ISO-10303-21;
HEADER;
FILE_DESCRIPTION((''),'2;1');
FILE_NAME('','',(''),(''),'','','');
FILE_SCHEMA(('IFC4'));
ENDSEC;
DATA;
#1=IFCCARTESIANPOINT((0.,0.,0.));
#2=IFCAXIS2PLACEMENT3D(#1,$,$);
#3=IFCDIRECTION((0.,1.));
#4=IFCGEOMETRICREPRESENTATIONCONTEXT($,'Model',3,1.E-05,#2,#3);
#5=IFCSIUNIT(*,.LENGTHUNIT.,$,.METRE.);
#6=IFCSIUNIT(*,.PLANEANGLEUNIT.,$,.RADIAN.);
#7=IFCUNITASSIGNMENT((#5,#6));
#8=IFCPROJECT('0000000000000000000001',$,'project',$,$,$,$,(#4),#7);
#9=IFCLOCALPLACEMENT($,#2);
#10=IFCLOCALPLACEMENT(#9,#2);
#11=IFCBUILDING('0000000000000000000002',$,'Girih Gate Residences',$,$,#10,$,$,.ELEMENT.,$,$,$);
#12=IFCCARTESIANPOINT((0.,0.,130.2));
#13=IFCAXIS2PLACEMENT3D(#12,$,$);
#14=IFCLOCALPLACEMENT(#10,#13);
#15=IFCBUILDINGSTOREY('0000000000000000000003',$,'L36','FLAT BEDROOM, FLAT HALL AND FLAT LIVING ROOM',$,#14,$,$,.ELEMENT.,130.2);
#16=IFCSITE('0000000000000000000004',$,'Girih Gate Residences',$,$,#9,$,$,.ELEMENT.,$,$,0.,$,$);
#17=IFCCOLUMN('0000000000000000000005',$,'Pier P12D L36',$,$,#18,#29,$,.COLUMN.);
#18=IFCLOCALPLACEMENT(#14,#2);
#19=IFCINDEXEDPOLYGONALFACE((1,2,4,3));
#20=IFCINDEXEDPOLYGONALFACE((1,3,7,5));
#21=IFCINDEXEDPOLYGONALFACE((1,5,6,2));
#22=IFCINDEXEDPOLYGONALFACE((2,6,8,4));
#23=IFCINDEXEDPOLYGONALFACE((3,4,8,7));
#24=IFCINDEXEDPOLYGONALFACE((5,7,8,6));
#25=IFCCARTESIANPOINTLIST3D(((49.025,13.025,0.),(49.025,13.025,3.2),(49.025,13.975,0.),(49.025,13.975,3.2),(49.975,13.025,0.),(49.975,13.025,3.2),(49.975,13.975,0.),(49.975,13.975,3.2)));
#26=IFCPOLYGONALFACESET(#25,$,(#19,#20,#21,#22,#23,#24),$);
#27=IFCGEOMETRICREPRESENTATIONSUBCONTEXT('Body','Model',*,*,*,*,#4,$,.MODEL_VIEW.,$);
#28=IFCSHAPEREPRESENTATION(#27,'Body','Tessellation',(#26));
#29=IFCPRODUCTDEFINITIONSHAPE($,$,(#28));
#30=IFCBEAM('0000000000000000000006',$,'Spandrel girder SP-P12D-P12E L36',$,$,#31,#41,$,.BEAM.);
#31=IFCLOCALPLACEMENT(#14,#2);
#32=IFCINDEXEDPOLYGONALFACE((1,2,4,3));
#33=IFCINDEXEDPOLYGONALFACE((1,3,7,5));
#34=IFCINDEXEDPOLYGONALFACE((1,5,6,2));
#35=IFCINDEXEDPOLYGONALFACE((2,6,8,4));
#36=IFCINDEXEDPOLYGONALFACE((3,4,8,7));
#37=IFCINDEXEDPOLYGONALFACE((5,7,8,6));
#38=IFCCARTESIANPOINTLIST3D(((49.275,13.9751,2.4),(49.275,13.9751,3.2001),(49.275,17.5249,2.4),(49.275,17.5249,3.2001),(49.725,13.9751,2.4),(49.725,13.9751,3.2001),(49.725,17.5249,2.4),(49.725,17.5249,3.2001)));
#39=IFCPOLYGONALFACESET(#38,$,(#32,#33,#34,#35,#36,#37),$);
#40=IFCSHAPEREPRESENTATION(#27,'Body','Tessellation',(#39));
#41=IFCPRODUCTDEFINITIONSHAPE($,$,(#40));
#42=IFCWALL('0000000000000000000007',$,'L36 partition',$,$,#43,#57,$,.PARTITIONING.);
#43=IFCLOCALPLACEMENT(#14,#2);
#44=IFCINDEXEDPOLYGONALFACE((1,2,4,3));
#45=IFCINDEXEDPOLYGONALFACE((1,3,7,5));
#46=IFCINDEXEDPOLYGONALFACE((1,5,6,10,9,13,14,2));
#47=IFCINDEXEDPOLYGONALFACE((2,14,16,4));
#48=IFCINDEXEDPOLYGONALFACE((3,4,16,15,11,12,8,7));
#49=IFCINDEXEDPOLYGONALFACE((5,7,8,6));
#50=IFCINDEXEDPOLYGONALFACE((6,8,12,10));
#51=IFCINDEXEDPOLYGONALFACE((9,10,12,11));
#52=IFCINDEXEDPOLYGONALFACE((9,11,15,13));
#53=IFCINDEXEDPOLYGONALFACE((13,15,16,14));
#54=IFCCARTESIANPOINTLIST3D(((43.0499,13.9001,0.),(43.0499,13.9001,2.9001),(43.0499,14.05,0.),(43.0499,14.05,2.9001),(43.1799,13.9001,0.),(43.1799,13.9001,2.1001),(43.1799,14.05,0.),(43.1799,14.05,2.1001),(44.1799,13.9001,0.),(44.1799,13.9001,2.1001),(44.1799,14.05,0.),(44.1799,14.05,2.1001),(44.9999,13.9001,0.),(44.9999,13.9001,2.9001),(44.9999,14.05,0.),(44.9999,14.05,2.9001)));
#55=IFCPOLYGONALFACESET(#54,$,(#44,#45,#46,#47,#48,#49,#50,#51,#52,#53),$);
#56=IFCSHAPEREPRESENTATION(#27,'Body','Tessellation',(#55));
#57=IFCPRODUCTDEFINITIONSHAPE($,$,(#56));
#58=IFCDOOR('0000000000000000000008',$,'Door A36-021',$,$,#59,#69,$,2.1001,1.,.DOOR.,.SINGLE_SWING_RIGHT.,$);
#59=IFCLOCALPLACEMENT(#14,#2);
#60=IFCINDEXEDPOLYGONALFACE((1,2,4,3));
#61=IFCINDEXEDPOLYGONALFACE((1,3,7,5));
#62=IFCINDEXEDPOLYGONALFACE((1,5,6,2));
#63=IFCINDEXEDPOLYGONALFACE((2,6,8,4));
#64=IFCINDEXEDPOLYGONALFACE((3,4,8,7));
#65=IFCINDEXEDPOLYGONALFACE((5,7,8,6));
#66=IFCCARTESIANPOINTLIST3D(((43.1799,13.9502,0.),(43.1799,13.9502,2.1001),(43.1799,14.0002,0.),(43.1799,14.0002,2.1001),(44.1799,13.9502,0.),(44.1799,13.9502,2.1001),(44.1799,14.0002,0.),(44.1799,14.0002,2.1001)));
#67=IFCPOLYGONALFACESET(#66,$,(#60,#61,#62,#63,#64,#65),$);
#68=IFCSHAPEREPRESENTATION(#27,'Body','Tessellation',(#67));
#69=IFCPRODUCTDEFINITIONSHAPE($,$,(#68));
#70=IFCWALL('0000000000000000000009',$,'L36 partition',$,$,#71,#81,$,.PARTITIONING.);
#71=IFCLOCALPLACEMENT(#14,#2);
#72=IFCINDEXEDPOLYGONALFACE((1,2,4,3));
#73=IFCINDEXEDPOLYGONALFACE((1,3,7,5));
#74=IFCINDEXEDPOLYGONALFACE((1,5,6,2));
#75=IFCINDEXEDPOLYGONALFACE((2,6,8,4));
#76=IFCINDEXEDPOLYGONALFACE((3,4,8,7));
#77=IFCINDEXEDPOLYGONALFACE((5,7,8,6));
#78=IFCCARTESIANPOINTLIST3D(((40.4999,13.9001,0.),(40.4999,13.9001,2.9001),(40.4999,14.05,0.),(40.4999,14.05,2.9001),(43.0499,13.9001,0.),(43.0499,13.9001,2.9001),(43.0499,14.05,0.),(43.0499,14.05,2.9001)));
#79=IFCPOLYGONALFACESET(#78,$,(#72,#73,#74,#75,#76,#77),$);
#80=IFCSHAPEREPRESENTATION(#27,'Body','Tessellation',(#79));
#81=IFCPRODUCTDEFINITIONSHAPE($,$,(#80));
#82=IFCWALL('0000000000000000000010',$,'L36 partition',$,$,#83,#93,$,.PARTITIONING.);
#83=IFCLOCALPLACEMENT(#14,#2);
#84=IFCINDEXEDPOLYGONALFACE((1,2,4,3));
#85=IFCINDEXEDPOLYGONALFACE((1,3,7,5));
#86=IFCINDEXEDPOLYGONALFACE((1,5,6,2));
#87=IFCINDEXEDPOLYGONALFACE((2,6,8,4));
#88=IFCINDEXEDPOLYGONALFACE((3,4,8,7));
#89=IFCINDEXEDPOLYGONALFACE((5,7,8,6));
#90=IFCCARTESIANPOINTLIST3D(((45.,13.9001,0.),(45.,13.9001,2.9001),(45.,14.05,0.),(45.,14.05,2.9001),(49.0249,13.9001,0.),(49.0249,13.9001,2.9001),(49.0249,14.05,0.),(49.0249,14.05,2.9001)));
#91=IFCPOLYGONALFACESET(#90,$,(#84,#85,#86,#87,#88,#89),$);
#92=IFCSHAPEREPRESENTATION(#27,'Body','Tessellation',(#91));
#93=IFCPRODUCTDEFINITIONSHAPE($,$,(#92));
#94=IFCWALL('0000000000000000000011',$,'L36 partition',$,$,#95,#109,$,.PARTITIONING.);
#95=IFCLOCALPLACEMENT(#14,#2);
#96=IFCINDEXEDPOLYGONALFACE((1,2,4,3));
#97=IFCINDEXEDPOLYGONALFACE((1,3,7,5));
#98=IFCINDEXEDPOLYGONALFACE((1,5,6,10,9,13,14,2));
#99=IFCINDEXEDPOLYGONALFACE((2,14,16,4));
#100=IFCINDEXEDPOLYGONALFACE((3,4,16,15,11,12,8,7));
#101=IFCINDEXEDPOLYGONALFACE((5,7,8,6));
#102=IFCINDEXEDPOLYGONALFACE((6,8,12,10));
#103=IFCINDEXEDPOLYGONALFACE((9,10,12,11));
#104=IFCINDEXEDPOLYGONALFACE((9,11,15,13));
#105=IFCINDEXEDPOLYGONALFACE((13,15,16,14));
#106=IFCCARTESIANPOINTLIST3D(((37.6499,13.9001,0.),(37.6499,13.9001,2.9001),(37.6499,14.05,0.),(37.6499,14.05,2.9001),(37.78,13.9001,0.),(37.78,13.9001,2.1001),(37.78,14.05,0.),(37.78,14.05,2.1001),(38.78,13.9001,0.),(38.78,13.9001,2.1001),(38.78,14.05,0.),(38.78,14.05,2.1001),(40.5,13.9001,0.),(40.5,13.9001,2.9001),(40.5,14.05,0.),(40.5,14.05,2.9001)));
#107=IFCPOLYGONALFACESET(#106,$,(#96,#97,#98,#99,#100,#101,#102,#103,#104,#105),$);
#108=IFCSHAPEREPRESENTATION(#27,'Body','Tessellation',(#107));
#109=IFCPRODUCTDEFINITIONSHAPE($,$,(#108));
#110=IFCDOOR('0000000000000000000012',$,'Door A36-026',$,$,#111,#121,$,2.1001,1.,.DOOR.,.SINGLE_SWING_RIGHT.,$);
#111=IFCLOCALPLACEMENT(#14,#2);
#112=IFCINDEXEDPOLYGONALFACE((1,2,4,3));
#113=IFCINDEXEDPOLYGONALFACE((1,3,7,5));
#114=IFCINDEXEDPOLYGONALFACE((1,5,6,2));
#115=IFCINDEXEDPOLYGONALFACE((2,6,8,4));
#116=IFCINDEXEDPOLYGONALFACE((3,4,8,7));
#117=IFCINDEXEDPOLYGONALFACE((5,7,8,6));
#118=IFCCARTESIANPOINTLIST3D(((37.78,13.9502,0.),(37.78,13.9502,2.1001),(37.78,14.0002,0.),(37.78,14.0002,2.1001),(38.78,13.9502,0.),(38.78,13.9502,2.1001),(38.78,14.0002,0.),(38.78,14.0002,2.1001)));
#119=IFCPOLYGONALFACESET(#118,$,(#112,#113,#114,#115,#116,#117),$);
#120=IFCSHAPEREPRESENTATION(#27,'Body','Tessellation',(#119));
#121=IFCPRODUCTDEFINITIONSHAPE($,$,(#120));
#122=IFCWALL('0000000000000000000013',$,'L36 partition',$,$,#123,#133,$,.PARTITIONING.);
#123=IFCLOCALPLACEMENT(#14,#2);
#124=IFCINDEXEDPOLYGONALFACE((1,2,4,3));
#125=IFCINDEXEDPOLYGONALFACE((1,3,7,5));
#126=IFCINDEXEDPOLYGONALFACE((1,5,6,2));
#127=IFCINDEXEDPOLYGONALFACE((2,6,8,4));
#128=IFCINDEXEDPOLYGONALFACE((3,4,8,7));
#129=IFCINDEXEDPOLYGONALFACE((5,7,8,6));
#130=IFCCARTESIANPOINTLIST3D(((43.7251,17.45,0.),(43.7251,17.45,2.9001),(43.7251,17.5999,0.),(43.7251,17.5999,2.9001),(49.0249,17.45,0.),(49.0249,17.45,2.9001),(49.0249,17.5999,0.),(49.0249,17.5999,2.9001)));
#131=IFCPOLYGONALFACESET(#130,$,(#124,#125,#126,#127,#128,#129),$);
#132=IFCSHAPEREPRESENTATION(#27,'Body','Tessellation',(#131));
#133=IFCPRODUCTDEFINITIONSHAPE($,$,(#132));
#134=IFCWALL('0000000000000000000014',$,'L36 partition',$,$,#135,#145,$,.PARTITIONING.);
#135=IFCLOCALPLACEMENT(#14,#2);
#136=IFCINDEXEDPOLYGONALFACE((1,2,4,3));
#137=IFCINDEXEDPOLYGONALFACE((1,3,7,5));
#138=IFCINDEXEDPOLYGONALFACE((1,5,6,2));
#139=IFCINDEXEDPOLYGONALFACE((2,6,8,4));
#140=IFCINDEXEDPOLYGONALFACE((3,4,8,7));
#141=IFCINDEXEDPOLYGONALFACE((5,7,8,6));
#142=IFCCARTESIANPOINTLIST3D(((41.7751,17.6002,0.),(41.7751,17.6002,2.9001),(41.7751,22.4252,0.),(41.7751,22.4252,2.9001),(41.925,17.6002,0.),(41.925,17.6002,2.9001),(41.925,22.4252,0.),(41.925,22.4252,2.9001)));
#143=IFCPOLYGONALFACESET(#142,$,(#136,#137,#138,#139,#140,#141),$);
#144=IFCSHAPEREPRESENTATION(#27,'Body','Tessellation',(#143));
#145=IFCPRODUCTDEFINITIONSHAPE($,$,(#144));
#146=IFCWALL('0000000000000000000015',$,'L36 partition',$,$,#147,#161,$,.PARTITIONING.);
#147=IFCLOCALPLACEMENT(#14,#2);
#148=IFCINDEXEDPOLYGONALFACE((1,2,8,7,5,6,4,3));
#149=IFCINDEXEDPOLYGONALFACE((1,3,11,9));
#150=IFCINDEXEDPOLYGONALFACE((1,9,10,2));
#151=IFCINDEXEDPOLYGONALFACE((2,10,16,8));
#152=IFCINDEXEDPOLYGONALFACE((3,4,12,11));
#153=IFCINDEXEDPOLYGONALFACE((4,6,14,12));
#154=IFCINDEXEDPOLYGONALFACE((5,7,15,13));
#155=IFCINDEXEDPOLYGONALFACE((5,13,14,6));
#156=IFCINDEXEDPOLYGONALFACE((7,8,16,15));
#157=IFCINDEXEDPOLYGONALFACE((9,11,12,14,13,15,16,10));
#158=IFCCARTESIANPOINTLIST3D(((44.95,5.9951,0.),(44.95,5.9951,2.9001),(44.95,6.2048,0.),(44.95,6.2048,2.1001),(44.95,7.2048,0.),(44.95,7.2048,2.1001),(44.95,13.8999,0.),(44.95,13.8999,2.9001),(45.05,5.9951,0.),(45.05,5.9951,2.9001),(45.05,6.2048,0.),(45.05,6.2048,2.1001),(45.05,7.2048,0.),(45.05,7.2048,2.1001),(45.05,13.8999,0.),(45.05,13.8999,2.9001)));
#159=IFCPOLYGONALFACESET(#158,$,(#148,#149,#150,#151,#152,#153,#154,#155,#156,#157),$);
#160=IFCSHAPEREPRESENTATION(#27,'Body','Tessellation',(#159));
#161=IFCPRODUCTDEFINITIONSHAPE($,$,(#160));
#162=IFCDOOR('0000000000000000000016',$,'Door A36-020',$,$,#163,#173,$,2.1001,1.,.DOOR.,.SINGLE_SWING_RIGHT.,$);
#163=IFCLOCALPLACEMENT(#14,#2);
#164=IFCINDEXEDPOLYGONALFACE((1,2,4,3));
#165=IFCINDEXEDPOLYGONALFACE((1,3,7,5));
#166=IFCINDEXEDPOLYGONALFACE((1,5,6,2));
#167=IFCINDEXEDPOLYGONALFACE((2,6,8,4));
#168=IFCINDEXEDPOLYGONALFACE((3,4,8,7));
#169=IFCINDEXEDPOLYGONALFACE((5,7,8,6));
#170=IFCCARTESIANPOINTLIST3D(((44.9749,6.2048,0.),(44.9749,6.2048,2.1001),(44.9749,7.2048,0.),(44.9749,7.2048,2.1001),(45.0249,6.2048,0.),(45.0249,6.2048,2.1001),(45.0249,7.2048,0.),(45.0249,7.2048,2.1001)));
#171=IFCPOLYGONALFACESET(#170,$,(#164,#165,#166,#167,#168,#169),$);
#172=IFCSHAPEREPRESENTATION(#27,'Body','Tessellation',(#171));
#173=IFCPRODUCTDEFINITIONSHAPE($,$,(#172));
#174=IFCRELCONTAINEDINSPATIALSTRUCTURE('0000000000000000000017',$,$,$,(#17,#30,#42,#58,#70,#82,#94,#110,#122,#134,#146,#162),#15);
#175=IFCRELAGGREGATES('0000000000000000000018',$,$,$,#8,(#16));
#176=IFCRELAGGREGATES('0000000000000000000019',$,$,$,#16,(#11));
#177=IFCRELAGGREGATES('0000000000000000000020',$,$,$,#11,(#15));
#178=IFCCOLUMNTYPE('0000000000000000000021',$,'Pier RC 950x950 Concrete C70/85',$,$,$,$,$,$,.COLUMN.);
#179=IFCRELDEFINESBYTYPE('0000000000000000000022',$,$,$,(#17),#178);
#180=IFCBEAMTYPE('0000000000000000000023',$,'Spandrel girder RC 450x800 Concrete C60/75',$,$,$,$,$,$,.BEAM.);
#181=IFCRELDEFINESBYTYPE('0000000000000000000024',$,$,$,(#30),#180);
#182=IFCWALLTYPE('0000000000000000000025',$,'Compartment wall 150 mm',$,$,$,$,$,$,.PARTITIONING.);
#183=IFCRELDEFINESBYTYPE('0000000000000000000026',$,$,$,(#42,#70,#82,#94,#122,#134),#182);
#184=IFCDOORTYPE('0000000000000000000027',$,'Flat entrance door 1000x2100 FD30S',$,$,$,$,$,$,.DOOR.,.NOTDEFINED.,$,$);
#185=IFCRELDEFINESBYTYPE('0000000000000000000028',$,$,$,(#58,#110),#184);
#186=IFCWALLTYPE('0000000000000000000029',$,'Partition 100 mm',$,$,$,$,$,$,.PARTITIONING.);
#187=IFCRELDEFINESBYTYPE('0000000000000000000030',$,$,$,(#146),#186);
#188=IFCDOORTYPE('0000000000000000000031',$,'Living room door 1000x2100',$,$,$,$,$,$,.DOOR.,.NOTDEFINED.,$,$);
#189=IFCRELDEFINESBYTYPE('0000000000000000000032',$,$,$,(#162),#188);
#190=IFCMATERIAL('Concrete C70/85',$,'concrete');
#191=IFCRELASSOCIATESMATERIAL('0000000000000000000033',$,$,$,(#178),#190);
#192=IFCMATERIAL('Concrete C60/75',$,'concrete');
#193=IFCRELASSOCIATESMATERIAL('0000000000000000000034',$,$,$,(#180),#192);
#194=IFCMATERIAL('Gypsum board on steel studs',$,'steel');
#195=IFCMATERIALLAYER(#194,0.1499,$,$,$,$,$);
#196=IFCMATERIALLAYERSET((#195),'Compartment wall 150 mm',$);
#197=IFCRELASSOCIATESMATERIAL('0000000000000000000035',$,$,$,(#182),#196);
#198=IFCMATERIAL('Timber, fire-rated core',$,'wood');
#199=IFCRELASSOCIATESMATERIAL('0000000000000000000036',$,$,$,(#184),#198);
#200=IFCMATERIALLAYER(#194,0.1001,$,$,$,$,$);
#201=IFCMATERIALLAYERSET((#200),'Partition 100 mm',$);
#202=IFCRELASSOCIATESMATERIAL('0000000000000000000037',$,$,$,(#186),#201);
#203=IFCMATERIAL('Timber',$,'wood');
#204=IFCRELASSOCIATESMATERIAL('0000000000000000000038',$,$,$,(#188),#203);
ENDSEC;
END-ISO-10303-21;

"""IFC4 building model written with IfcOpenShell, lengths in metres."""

from ifc_helpers import new_model, si_unit, direction, frame, frame_2d, origin, origin_2d, place, context, subcontext, project, spatial, rectangle, extrude, material, layer, layer_set, material_profile, profile_set, type_object, element, fill, save


model = new_model("IFC4")

# Units and contexts
model_context = context("Model", 3, precision=1e-05, world=origin(), true_north=direction((0.0, 1.0)))
body_context = subcontext(model_context, "Body", "Model", "MODEL_VIEW")
ifc_project = project(units=[si_unit("LENGTHUNIT", "METRE"), si_unit("PLANEANGLEUNIT", "RADIAN")], contexts=[model_context])

# Site, building, storey
site_placement = place(None, origin())
site = spatial("IfcSite", under=ifc_project, at=site_placement, Name="Girih Gate Residences", CompositionType="ELEMENT", RefElevation=0.0)
building_placement = place(site_placement, origin())
building = spatial("IfcBuilding", under=site, at=building_placement, Name="Girih Gate Residences", CompositionType="ELEMENT")
storey_placement = place(building_placement, frame((0.0, 0.0, 130.2)))
storey = spatial("IfcBuildingStorey", under=building, at=storey_placement, Name="L36", Description="FLAT BEDROOM, FLAT HALL AND FLAT LIVING ROOM", CompositionType="ELEMENT", Elevation=130.2)

# Column
ifc_material_1 = material(Name="Concrete C70/85", Category="concrete")
ifc_material_profile_1 = material_profile(ifc_material_1, rectangle(XDim=0.95, YDim=0.95, at=origin_2d()))
ifc_profile_set_1 = profile_set([ifc_material_profile_1], Name="Concrete C70/85")
column_type = type_object("IfcColumnType", Name="Pier RC 950x950 Concrete C70/85", PredefinedType="COLUMN", material=ifc_profile_set_1)
column_placement = place(storey_placement, frame((49.5, 13.5, 0.0), z_axis=(0.0, 0.0, 1.0), x_axis=(1.0, 0.0, 0.0)))
element("IfcColumn", 1, at=column_placement, inside=storey, type_object=column_type, Name="Pier P12D L36", PredefinedType="COLUMN", context=body_context, shape_type="SweptSolid", body=[
    extrude(rectangle(XDim=0.95, YDim=0.95, at=origin_2d()), origin(), (0.0, 0.0, 1.0), 3.2),
])

# Beam
ifc_material_2 = material(Name="Concrete C60/75", Category="concrete")
ifc_material_profile_2 = material_profile(ifc_material_2, rectangle(XDim=0.45, YDim=0.8, at=origin_2d()))
ifc_profile_set_2 = profile_set([ifc_material_profile_2], Name="Concrete C60/75")
beam_type = type_object("IfcBeamType", Name="Spandrel girder RC 450x800 Concrete C60/75", PredefinedType="BEAM", material=ifc_profile_set_2)
beam_placement = place(storey_placement, frame((49.5, 13.9751, 2.8), z_axis=(0.0, 1.0, 0.0), x_axis=(-1.0, 0.0, 0.0)))
element("IfcBeam", 2, at=beam_placement, inside=storey, type_object=beam_type, Name="Spandrel girder SP-P12D-P12E L36", PredefinedType="BEAM", context=body_context, shape_type="SweptSolid", body=[
    extrude(rectangle(XDim=0.45, YDim=0.8, at=origin_2d()), origin(), (0.0, 0.0, 1.0), 3.5498),
])

# Wall, opening, door
ifc_material_3 = material(Name="Gypsum board on steel studs", Category="steel")
ifc_layer_1 = layer(ifc_material_3, 0.1499)
ifc_layer_set_1 = layer_set([ifc_layer_1], Name="Compartment wall 150 mm")
wall_type_1 = type_object("IfcWallType", Name="Compartment wall 150 mm", PredefinedType="PARTITIONING", material=ifc_layer_set_1)
wall_1_placement = place(storey_placement, frame((45.0, 13.9751, 0.0), z_axis=(0.0, 0.0, 1.0), x_axis=(-1.0, 0.0, 0.0)))
wall_1 = element("IfcWall", 3, at=wall_1_placement, inside=storey, type_object=wall_type_1, Name="L36 partition", PredefinedType="PARTITIONING", context=body_context, shape_type="SweptSolid", body=[
    extrude(rectangle(XDim=1.95, YDim=0.1499, at=frame_2d((0.9751, 0.0))), origin(), (0.0, 0.0, 1.0), 2.9001),
])
opening_1_placement = place(wall_1_placement, frame((0.8201, 0.0, 0.0)))
opening_1 = element("IfcOpeningElement", 4, at=opening_1_placement, cuts=wall_1, PredefinedType="OPENING", context=body_context, shape_type="SweptSolid", body=[
    extrude(rectangle(XDim=1.0, YDim=2.1001, at=frame_2d((0.5, 1.05))), frame((0.0, 0.085, 0.0), z_axis=(0.0, -1.0, 0.0), x_axis=(1.0, 0.0, 0.0)), (0.0, 0.0, 1.0), 0.1699),
])
ifc_material_4 = material(Name="Timber, fire-rated core", Category="wood")
door_type_1 = type_object("IfcDoorType", Name="Flat entrance door 1000x2100 FD30S", OperationType="NOTDEFINED", PredefinedType="DOOR", material=ifc_material_4)
door_1_placement = place(opening_1_placement, origin())
door_1 = element("IfcDoor", 5, at=door_1_placement, inside=storey, type_object=door_type_1, Name="Door A36-021", OperationType="SINGLE_SWING_RIGHT", OverallHeight=2.1001, OverallWidth=1.0, PredefinedType="DOOR", context=body_context, shape_type="SweptSolid", body=[
    extrude(rectangle(XDim=1.0, YDim=2.1001, at=frame_2d((0.5, 1.05))), frame((0.0, 0.0249, 0.0), z_axis=(0.0, -1.0, 0.0), x_axis=(1.0, 0.0, 0.0)), (0.0, 0.0, 1.0), 0.05),
])
fill(opening_1, door_1)

# Walls
wall_2_placement = place(storey_placement, frame((40.5, 13.9751, 0.0), z_axis=(0.0, 0.0, 1.0), x_axis=(1.0, 0.0, 0.0)))
element("IfcWall", 6, at=wall_2_placement, inside=storey, type_object=wall_type_1, Name="L36 partition", PredefinedType="PARTITIONING", context=body_context, shape_type="SweptSolid", body=[
    extrude(rectangle(XDim=2.55, YDim=0.1499, at=frame_2d((1.2749, 0.0))), origin(), (0.0, 0.0, 1.0), 2.9001),
])
wall_3_placement = place(storey_placement, frame((45.0, 13.9751, 0.0), z_axis=(0.0, 0.0, 1.0), x_axis=(1.0, 0.0, 0.0)))
element("IfcWall", 7, at=wall_3_placement, inside=storey, type_object=wall_type_1, Name="L36 partition", PredefinedType="PARTITIONING", context=body_context, shape_type="SweptSolid", body=[
    extrude(rectangle(XDim=4.0249, YDim=0.1499, at=frame_2d((2.0125, 0.0))), origin(), (0.0, 0.0, 1.0), 2.9001),
])

# Wall, opening, door
wall_4_placement = place(storey_placement, frame((40.5, 13.9751, 0.0), z_axis=(0.0, 0.0, 1.0), x_axis=(-1.0, 0.0, 0.0)))
wall_4 = element("IfcWall", 8, at=wall_4_placement, inside=storey, type_object=wall_type_1, Name="L36 partition", PredefinedType="PARTITIONING", context=body_context, shape_type="SweptSolid", body=[
    extrude(rectangle(XDim=2.8501, YDim=0.1499, at=frame_2d((1.425, 0.0))), origin(), (0.0, 0.0, 1.0), 2.9001),
])
opening_2_placement = place(wall_4_placement, frame((1.72, 0.0, 0.0)))
opening_2 = element("IfcOpeningElement", 9, at=opening_2_placement, cuts=wall_4, PredefinedType="OPENING", context=body_context, shape_type="SweptSolid", body=[
    extrude(rectangle(XDim=1.0, YDim=2.1001, at=frame_2d((0.5, 1.05))), frame((0.0, 0.085, 0.0), z_axis=(0.0, -1.0, 0.0), x_axis=(1.0, 0.0, 0.0)), (0.0, 0.0, 1.0), 0.1699),
])
door_2_placement = place(opening_2_placement, origin())
door_2 = element("IfcDoor", 10, at=door_2_placement, inside=storey, type_object=door_type_1, Name="Door A36-026", OperationType="SINGLE_SWING_RIGHT", OverallHeight=2.1001, OverallWidth=1.0, PredefinedType="DOOR", context=body_context, shape_type="SweptSolid", body=[
    extrude(rectangle(XDim=1.0, YDim=2.1001, at=frame_2d((0.5, 1.05))), frame((0.0, 0.0249, 0.0), z_axis=(0.0, -1.0, 0.0), x_axis=(1.0, 0.0, 0.0)), (0.0, 0.0, 1.0), 0.05),
])
fill(opening_2, door_2)

# Walls
wall_5_placement = place(storey_placement, frame((43.7251, 17.5249, 0.0), z_axis=(0.0, 0.0, 1.0), x_axis=(1.0, 0.0, 0.0)))
element("IfcWall", 11, at=wall_5_placement, inside=storey, type_object=wall_type_1, Name="L36 partition", PredefinedType="PARTITIONING", context=body_context, shape_type="SweptSolid", body=[
    extrude(rectangle(XDim=5.2998, YDim=0.1499, at=frame_2d((2.6499, 0.0))), origin(), (0.0, 0.0, 1.0), 2.9001),
])
wall_6_placement = place(storey_placement, frame((41.8501, 17.6001, 0.0), z_axis=(0.0, 0.0, 1.0), x_axis=(0.0, 1.0, 0.0)))
element("IfcWall", 12, at=wall_6_placement, inside=storey, type_object=wall_type_1, Name="L36 partition", PredefinedType="PARTITIONING", context=body_context, shape_type="SweptSolid", body=[
    extrude(rectangle(XDim=4.825, YDim=0.1499, at=frame_2d((2.4126, 0.0))), origin(), (0.0, 0.0, 1.0), 2.9001),
])

# Wall, opening, door
ifc_layer_2 = layer(ifc_material_3, 0.1001)
ifc_layer_set_2 = layer_set([ifc_layer_2], Name="Partition 100 mm")
wall_type_2 = type_object("IfcWallType", Name="Partition 100 mm", PredefinedType="PARTITIONING", material=ifc_layer_set_2)
wall_7_placement = place(storey_placement, frame((45.0, 13.8999, 0.0), z_axis=(0.0, 0.0, 1.0), x_axis=(0.0, -1.0, 0.0)))
wall_7 = element("IfcWall", 13, at=wall_7_placement, inside=storey, type_object=wall_type_2, Name="L36 partition", PredefinedType="PARTITIONING", context=body_context, shape_type="SweptSolid", body=[
    extrude(rectangle(XDim=7.9048, YDim=0.1001, at=frame_2d((3.9524, 0.0))), origin(), (0.0, 0.0, 1.0), 2.9001),
])
opening_3_placement = place(wall_7_placement, frame((6.6951, 0.0, 0.0)))
opening_3 = element("IfcOpeningElement", 14, at=opening_3_placement, cuts=wall_7, PredefinedType="OPENING", context=body_context, shape_type="SweptSolid", body=[
    extrude(rectangle(XDim=1.0, YDim=2.1001, at=frame_2d((0.5, 1.05))), frame((0.0, 0.0601, 0.0), z_axis=(0.0, -1.0, 0.0), x_axis=(1.0, 0.0, 0.0)), (0.0, 0.0, 1.0), 0.1201),
])
ifc_material_5 = material(Name="Timber", Category="wood")
door_type_2 = type_object("IfcDoorType", Name="Living room door 1000x2100", OperationType="NOTDEFINED", PredefinedType="DOOR", material=ifc_material_5)
door_3_placement = place(opening_3_placement, origin())
door_3 = element("IfcDoor", 15, at=door_3_placement, inside=storey, type_object=door_type_2, Name="Door A36-020", OperationType="SINGLE_SWING_RIGHT", OverallHeight=2.1001, OverallWidth=1.0, PredefinedType="DOOR", context=body_context, shape_type="SweptSolid", body=[
    extrude(rectangle(XDim=1.0, YDim=2.1001, at=frame_2d((0.5, 1.05))), frame((0.0, 0.0249, 0.0), z_axis=(0.0, -1.0, 0.0), x_axis=(1.0, 0.0, 0.0)), (0.0, 0.0, 1.0), 0.05),
])
fill(opening_3, door_3)

save(model, "model.ifc")
